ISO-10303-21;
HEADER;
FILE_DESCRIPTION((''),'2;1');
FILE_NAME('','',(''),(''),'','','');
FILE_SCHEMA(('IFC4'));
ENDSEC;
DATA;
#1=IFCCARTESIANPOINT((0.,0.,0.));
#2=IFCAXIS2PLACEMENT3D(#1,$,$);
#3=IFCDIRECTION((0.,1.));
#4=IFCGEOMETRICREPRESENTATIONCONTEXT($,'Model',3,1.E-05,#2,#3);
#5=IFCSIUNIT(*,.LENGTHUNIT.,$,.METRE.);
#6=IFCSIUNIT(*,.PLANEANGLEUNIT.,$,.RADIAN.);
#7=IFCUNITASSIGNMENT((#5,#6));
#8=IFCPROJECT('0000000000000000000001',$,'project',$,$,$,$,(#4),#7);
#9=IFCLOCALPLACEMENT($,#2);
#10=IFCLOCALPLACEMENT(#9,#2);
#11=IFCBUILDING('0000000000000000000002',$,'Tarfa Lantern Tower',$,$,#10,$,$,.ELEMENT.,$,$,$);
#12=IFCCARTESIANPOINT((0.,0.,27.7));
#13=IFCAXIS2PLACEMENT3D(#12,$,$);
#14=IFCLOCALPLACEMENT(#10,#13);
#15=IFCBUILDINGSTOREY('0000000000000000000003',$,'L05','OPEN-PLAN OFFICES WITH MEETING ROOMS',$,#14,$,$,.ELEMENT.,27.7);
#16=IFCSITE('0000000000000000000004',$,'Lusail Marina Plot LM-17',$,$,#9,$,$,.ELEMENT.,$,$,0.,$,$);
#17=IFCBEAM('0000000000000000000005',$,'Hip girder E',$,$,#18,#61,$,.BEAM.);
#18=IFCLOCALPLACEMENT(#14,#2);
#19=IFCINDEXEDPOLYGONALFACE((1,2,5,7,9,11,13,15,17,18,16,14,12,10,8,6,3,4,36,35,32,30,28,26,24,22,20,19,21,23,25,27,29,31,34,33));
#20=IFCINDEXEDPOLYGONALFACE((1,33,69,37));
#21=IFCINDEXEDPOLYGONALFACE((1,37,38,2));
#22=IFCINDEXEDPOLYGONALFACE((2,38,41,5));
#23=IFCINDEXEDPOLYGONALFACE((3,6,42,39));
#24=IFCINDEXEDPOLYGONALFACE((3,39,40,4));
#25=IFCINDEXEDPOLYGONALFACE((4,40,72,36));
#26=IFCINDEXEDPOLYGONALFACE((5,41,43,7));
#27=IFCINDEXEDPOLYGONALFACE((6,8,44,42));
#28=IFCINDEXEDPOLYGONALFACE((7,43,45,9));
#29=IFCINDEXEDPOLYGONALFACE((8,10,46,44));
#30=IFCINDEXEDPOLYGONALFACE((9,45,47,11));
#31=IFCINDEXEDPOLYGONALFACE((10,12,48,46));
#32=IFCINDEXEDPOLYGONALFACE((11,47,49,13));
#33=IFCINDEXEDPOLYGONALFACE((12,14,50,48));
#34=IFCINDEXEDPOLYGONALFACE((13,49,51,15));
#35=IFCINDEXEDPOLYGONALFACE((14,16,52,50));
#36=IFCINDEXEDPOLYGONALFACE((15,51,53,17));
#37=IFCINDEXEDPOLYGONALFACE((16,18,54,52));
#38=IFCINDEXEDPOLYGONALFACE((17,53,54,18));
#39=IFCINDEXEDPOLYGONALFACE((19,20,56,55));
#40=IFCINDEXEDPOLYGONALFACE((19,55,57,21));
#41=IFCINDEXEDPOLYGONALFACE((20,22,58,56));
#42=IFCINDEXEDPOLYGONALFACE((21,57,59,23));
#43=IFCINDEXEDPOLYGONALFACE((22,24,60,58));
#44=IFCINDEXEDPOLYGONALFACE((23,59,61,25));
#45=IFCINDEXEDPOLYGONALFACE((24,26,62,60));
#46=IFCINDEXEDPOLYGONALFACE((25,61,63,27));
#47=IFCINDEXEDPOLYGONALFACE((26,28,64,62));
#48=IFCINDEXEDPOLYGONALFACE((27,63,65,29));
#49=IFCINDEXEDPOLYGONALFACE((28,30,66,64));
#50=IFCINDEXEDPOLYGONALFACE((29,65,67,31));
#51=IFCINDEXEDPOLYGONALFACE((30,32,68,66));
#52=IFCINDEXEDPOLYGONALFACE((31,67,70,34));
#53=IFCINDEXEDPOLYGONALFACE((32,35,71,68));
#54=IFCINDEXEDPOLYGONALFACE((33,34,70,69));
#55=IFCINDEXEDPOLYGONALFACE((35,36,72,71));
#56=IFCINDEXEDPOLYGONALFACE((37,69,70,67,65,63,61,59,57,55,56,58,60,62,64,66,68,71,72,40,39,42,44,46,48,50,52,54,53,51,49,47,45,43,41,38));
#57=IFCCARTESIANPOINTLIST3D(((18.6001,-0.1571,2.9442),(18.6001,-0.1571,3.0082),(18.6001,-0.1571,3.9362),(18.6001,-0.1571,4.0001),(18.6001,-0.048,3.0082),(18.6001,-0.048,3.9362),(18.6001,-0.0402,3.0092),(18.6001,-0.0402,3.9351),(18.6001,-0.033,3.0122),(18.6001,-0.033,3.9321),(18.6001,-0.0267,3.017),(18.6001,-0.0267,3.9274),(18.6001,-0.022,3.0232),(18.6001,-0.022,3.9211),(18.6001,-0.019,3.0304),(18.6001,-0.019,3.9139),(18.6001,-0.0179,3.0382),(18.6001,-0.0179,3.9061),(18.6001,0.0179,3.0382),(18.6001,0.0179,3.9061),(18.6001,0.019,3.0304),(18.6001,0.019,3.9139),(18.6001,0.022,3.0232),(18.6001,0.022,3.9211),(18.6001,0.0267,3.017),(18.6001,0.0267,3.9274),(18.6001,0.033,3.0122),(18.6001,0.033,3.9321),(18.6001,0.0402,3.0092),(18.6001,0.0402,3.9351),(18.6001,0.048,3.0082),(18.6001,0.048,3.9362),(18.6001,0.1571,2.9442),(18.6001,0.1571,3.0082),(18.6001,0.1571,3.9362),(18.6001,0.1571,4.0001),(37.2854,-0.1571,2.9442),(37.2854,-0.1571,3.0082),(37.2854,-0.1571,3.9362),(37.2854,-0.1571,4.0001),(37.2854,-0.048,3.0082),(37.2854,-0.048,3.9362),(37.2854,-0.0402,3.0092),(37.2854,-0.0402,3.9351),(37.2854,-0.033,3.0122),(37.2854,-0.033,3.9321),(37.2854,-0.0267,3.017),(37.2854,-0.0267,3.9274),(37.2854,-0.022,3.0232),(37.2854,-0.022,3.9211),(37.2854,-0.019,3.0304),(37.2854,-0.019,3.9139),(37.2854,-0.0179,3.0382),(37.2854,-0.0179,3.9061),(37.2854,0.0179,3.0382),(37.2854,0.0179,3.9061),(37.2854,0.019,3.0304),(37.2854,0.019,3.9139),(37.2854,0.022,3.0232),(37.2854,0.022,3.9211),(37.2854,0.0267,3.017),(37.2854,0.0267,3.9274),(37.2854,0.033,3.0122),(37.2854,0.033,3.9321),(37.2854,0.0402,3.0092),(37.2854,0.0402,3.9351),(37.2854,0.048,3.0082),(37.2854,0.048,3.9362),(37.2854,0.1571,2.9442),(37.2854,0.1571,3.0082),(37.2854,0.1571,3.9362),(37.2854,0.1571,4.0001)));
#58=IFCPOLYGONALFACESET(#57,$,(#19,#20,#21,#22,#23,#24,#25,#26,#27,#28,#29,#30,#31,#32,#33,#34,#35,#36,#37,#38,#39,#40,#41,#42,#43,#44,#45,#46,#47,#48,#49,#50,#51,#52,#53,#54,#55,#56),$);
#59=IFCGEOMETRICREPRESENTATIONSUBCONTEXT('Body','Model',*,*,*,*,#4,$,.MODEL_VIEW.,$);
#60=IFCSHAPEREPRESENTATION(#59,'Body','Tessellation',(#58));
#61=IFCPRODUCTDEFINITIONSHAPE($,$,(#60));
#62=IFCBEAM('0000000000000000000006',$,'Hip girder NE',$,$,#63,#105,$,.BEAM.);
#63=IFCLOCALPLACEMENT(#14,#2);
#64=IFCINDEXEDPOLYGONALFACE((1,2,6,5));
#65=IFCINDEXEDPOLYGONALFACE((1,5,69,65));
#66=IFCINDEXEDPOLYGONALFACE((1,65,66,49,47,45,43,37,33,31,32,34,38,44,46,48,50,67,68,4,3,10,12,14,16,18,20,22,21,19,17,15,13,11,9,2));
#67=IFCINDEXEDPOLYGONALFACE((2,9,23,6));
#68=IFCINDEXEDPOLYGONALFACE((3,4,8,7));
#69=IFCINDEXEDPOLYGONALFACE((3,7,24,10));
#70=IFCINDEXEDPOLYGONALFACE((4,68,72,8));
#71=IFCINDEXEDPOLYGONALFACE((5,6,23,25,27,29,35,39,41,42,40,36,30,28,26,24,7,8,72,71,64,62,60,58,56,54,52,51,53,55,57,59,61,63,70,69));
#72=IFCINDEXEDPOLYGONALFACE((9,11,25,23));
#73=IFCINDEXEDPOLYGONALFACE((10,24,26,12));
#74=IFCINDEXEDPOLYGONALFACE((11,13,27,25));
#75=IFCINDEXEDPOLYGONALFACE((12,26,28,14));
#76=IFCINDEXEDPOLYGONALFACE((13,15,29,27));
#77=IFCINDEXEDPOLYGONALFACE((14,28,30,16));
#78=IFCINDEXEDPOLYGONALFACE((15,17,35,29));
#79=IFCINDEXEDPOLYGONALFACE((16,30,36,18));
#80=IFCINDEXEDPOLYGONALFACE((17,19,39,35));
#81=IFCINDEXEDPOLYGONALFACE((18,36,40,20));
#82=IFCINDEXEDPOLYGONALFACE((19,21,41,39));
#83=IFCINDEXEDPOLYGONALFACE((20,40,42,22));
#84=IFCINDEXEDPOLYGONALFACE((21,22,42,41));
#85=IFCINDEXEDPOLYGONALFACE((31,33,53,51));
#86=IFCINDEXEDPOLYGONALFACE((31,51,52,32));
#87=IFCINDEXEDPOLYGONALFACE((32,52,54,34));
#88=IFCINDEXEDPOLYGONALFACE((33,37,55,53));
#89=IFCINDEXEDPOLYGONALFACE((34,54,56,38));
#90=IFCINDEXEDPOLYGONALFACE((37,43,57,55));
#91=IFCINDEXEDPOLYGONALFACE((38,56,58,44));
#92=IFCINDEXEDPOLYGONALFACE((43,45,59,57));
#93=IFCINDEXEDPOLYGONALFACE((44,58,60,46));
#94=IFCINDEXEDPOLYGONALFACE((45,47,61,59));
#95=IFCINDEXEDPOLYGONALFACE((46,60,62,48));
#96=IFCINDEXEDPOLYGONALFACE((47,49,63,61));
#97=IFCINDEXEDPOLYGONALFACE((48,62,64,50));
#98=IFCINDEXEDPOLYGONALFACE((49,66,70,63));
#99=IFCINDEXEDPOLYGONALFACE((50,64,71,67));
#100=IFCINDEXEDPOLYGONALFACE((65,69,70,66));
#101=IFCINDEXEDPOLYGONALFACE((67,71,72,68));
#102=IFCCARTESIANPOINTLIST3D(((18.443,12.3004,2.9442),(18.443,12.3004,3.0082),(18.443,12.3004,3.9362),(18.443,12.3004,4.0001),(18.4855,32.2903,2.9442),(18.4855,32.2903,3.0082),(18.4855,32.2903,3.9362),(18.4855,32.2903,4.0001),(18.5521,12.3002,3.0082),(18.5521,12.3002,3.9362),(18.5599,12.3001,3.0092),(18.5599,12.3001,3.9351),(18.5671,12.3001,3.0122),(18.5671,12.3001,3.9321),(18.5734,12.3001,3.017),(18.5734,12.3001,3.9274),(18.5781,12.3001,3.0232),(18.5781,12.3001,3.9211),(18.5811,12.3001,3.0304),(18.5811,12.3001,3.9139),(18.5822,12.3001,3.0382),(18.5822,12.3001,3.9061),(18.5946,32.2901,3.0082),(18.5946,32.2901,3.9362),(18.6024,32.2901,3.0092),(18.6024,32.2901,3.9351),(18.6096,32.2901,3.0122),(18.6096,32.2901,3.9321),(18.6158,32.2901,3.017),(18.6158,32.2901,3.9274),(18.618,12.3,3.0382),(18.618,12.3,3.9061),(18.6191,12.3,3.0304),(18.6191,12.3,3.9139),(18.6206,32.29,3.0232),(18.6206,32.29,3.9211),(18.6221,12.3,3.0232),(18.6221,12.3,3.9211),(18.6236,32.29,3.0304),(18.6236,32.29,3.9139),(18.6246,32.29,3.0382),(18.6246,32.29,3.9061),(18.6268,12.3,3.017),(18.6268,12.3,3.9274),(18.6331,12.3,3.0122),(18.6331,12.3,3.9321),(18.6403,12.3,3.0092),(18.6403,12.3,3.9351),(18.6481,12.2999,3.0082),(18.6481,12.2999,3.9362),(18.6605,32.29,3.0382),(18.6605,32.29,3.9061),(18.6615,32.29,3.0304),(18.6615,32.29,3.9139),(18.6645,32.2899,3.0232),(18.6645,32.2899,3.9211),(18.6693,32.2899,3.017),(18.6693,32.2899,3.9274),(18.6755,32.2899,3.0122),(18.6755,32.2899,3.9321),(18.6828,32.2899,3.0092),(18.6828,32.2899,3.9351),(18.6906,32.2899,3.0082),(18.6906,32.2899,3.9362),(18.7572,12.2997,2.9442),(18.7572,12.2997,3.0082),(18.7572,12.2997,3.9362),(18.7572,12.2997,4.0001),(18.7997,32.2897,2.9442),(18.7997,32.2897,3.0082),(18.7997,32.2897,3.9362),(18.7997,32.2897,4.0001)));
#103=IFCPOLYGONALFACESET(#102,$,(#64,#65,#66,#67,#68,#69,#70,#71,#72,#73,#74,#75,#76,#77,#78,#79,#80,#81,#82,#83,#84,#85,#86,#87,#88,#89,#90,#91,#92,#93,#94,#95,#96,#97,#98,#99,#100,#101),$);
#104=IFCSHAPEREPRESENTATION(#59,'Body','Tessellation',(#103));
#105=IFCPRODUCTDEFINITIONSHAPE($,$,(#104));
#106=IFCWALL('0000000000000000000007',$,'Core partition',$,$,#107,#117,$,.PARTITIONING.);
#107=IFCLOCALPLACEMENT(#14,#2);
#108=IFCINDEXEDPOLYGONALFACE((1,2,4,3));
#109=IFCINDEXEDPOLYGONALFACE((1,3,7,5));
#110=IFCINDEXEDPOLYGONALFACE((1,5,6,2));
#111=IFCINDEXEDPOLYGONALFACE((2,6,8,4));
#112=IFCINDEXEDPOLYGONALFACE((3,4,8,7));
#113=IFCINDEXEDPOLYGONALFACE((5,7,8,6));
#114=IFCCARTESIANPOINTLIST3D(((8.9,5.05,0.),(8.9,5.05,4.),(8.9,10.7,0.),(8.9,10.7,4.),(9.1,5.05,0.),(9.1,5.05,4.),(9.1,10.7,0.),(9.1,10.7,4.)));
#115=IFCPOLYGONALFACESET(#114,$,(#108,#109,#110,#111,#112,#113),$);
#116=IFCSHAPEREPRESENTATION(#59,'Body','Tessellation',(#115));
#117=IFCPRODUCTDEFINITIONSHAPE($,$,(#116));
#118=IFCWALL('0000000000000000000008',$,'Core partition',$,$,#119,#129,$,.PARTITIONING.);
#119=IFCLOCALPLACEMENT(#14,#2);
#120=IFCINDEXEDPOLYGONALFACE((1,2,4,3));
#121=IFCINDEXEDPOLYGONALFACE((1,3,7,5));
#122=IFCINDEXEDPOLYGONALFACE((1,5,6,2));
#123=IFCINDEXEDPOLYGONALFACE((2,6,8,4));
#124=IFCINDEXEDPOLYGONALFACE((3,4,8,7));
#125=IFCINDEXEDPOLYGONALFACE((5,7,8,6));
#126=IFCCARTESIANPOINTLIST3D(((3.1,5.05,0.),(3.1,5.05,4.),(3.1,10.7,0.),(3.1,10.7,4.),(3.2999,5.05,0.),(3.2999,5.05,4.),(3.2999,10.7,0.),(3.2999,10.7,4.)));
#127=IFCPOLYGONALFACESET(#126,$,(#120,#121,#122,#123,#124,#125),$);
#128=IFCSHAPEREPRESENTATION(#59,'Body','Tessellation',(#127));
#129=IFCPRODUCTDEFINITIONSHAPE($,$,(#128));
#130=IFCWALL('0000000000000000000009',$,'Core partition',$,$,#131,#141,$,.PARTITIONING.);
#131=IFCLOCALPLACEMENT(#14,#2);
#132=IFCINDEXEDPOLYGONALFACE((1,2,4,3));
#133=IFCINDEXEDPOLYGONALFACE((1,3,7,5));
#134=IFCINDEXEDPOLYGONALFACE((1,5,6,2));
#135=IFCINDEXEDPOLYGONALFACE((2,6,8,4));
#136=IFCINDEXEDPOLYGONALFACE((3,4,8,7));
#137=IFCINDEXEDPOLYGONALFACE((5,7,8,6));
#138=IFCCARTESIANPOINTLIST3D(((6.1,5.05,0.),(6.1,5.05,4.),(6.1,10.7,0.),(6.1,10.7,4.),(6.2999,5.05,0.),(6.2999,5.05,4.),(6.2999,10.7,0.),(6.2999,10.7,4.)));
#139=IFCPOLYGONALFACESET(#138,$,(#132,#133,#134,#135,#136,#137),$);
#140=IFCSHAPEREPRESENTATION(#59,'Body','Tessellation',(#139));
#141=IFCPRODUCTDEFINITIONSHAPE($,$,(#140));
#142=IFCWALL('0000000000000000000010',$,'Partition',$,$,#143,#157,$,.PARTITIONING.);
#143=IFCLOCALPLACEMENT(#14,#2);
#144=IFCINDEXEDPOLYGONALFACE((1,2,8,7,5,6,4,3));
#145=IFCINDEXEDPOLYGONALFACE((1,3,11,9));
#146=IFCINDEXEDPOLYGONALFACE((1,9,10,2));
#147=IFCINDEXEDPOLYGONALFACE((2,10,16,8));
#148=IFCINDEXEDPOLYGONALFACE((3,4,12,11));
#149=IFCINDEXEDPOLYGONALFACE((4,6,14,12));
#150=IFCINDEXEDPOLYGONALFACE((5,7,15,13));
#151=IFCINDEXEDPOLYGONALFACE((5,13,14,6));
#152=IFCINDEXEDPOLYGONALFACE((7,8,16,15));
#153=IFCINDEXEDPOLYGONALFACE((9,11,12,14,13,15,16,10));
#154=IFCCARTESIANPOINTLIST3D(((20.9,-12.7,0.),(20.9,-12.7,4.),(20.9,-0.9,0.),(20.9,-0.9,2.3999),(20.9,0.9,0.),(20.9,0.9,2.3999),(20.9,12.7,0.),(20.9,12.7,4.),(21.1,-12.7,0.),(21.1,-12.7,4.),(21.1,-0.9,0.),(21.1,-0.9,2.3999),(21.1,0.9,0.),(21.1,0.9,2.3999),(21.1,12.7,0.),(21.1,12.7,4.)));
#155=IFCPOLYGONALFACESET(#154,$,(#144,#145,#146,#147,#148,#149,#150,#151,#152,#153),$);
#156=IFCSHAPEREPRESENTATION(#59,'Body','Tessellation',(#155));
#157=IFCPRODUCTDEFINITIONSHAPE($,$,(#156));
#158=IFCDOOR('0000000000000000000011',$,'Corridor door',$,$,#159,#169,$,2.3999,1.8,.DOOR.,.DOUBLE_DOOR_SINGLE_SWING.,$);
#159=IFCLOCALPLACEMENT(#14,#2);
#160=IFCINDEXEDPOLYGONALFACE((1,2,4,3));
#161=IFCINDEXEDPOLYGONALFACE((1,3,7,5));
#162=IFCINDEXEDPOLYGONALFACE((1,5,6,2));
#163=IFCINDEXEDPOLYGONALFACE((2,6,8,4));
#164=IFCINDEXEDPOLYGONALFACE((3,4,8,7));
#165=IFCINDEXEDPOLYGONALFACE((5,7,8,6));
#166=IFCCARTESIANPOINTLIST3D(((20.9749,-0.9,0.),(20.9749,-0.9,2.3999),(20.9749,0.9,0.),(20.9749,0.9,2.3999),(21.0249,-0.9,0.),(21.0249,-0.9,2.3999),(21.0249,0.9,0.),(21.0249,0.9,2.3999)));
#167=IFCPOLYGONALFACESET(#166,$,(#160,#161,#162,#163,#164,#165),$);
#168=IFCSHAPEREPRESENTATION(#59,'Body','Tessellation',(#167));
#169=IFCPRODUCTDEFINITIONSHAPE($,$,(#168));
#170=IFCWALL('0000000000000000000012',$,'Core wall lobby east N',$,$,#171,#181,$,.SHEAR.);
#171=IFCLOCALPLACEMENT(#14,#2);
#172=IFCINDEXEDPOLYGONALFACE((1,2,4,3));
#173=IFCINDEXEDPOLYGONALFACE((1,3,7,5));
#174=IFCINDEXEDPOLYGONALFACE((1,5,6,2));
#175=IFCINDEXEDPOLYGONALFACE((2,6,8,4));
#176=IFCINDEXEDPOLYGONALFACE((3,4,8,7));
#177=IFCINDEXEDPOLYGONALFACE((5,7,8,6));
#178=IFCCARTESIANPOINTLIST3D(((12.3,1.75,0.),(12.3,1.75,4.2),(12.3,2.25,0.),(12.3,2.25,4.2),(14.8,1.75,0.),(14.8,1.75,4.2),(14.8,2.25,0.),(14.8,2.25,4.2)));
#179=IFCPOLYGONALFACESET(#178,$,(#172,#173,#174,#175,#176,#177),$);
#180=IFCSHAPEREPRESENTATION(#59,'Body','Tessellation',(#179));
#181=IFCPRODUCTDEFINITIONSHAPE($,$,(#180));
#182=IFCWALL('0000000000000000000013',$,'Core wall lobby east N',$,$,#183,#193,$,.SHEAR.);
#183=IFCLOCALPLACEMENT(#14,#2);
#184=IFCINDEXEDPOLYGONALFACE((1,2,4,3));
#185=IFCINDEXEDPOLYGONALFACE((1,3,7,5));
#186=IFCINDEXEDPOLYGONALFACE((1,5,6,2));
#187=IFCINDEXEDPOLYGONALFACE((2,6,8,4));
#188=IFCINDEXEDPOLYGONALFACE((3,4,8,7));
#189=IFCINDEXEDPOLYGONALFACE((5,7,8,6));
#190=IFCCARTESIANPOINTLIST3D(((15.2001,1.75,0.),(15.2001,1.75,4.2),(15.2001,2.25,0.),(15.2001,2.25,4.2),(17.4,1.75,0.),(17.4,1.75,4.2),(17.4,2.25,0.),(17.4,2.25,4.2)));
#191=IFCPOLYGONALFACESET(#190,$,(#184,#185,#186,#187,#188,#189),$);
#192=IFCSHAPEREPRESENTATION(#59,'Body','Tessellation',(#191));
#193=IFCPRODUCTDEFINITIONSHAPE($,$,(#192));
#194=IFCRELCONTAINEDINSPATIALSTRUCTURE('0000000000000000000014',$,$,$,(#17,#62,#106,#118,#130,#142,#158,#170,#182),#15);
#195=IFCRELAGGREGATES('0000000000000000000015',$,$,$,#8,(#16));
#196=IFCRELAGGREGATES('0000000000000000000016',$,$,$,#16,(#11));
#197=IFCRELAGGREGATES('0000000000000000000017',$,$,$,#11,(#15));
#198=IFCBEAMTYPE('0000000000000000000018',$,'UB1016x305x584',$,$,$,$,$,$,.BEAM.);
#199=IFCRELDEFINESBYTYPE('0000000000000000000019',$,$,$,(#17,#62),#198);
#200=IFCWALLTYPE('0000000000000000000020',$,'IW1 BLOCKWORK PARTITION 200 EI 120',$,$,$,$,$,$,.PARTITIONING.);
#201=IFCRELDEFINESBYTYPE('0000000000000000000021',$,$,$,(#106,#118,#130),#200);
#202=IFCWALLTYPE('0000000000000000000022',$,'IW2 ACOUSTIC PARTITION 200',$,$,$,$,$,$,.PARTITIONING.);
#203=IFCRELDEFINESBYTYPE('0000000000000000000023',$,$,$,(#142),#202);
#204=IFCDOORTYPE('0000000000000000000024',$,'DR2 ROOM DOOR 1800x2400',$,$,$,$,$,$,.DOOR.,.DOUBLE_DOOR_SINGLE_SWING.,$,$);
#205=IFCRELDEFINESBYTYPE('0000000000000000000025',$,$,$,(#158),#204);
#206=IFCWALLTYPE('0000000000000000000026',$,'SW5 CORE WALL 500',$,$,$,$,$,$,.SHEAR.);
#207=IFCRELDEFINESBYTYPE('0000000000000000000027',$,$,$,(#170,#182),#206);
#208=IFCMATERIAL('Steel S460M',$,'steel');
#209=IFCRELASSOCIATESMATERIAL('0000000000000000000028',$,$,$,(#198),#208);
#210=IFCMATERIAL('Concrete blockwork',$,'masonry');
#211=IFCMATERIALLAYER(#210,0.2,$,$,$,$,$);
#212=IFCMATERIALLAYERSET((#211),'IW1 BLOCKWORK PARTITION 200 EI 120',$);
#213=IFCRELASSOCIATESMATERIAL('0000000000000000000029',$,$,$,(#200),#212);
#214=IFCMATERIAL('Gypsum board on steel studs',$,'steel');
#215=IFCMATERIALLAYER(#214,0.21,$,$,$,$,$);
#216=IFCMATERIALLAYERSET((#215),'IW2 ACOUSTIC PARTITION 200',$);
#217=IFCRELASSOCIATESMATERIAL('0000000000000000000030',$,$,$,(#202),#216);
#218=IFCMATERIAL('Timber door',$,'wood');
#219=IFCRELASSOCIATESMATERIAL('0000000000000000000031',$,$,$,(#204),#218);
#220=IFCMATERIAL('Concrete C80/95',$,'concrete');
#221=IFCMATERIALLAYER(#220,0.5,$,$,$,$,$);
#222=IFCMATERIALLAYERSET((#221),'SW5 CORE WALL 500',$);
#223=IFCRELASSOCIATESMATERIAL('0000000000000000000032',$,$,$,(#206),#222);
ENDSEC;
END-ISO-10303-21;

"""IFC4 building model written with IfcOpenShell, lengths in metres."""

from ifc_helpers import new_model, si_unit, direction, frame, frame_2d, origin, origin_2d, place, context, subcontext, project, spatial, rectangle, i_section, extrude, material, layer, layer_set, material_profile, profile_set, type_object, element, fill, save


model = new_model("IFC4")

# Units and contexts
model_context = context("Model", 3, precision=1e-05, world=origin(), true_north=direction((0.0, 1.0)))
body_context = subcontext(model_context, "Body", "Model", "MODEL_VIEW")
ifc_project = project(units=[si_unit("LENGTHUNIT", "METRE"), si_unit("PLANEANGLEUNIT", "RADIAN")], contexts=[model_context])

# Site, building, storey
site_placement = place(None, origin())
site = spatial("IfcSite", under=ifc_project, at=site_placement, Name="Lusail Marina Plot LM-17", CompositionType="ELEMENT", RefElevation=0.0)
building_placement = place(site_placement, origin())
building = spatial("IfcBuilding", under=site, at=building_placement, Name="Tarfa Lantern Tower", CompositionType="ELEMENT")
storey_placement = place(building_placement, frame((0.0, 0.0, 27.7)))
storey = spatial("IfcBuildingStorey", under=building, at=storey_placement, Name="L05", Description="OPEN-PLAN OFFICES WITH MEETING ROOMS", CompositionType="ELEMENT", Elevation=27.7)

# Beams
ifc_material_1 = material(Name="Steel S460M", Category="steel")
ifc_material_profile = material_profile(ifc_material_1, i_section(OverallWidth=0.3142, OverallDepth=1.0559, WebThickness=0.0359, FlangeThickness=0.064, FilletRadius=0.03, at=origin_2d()), Name="UB1016x305x584")
ifc_profile_set = profile_set([ifc_material_profile], Name="Steel S460M")
beam_type = type_object("IfcBeamType", Name="UB1016x305x584", PredefinedType="BEAM", material=ifc_profile_set)
beam_1_placement = place(storey_placement, frame((18.6001, 0.0, 3.4722), z_axis=(1.0, 0.0, 0.0), x_axis=(0.0, 1.0, 0.0)))
element("IfcBeam", 1, at=beam_1_placement, inside=storey, type_object=beam_type, Name="Hip girder E", PredefinedType="BEAM", context=body_context, shape_type="SweptSolid", body=[
    extrude(i_section(OverallWidth=0.3142, OverallDepth=1.0559, WebThickness=0.0359, FlangeThickness=0.064, FilletRadius=0.03, at=origin_2d()), origin(), (0.0, 0.0, 1.0), 18.6853),
])
beam_2_placement = place(storey_placement, frame((18.6001, 12.3, 3.4722), z_axis=(0.002125, 0.999998, 0.0), x_axis=(-0.999998, 0.002125, 0.0)))
element("IfcBeam", 2, at=beam_2_placement, inside=storey, type_object=beam_type, Name="Hip girder NE", PredefinedType="BEAM", context=body_context, shape_type="SweptSolid", body=[
    extrude(i_section(OverallWidth=0.3142, OverallDepth=1.0559, WebThickness=0.0359, FlangeThickness=0.064, FilletRadius=0.03, at=origin_2d()), origin(), (0.0, 0.0, 1.0), 19.99),
])

# Walls
ifc_material_2 = material(Name="Concrete blockwork", Category="masonry")
ifc_layer_1 = layer(ifc_material_2, 0.2)
ifc_layer_set_1 = layer_set([ifc_layer_1], Name="IW1 BLOCKWORK PARTITION 200 EI 120")
wall_type_1 = type_object("IfcWallType", Name="IW1 BLOCKWORK PARTITION 200 EI 120", PredefinedType="PARTITIONING", material=ifc_layer_set_1)
for number, where, z_axis, x_axis, name in (
    (3, (9.0, 5.05, 0.0), (0.0, 0.0, 1.0), (0.0, 1.0, 0.0), "Core partition"),
    (4, (3.2, 5.05, 0.0), (0.0, 0.0, 1.0), (0.0, 1.0, 0.0), "Core partition"),
    (5, (6.2, 5.05, 0.0), (0.0, 0.0, 1.0), (0.0, 1.0, 0.0), "Core partition"),
):
    element("IfcWall", number, at=place(storey_placement, frame(where, z_axis=z_axis, x_axis=x_axis)), inside=storey, type_object=wall_type_1, Name=name, PredefinedType="PARTITIONING", context=body_context, shape_type="SweptSolid", body=[
        extrude(rectangle(XDim=5.6499, YDim=0.2, at=frame_2d((2.825, 0.0))), origin(), (0.0, 0.0, 1.0), 4.0),
    ])

# Wall, opening, door
ifc_material_3 = material(Name="Gypsum board on steel studs", Category="steel")
ifc_layer_2 = layer(ifc_material_3, 0.21)
ifc_layer_set_2 = layer_set([ifc_layer_2], Name="IW2 ACOUSTIC PARTITION 200")
wall_type_2 = type_object("IfcWallType", Name="IW2 ACOUSTIC PARTITION 200", PredefinedType="PARTITIONING", material=ifc_layer_set_2)
wall_1_placement = place(storey_placement, frame((21.0, 12.7, 0.0), z_axis=(0.0, 0.0, 1.0), x_axis=(0.0, -1.0, 0.0)))
wall_1 = element("IfcWall", 6, at=wall_1_placement, inside=storey, type_object=wall_type_2, Name="Partition", PredefinedType="PARTITIONING", context=body_context, shape_type="SweptSolid", body=[
    extrude(rectangle(XDim=25.3999, YDim=0.2, at=frame_2d((12.7, 0.0))), origin(), (0.0, 0.0, 1.0), 4.0),
])
opening_placement = place(wall_1_placement, frame((11.8, 0.0, 0.0)))
opening = element("IfcOpeningElement", 7, at=opening_placement, cuts=wall_1, PredefinedType="OPENING", context=body_context, shape_type="SweptSolid", body=[
    extrude(rectangle(XDim=1.8, YDim=2.3999, at=frame_2d((0.8999, 1.2))), frame((0.0, 0.1099, 0.0), z_axis=(0.0, -1.0, 0.0), x_axis=(1.0, 0.0, 0.0)), (0.0, 0.0, 1.0), 0.22),
])
ifc_material_4 = material(Name="Timber door", Category="wood")
door_type = type_object("IfcDoorType", Name="DR2 ROOM DOOR 1800x2400", OperationType="DOUBLE_DOOR_SINGLE_SWING", PredefinedType="DOOR", material=ifc_material_4)
door_placement = place(opening_placement, origin())
door = element("IfcDoor", 8, at=door_placement, inside=storey, type_object=door_type, Name="Corridor door", OperationType="DOUBLE_DOOR_SINGLE_SWING", OverallHeight=2.3999, OverallWidth=1.8, PredefinedType="DOOR", context=body_context, shape_type="SweptSolid", body=[
    extrude(rectangle(XDim=1.8, YDim=2.3999, at=frame_2d((0.8999, 1.2))), frame((0.0, 0.0249, 0.0), z_axis=(0.0, -1.0, 0.0), x_axis=(1.0, 0.0, 0.0)), (0.0, 0.0, 1.0), 0.05),
])
fill(opening, door)

# Walls
ifc_material_5 = material(Name="Concrete C80/95", Category="concrete")
ifc_layer_3 = layer(ifc_material_5, 0.5)
ifc_layer_set_3 = layer_set([ifc_layer_3], Name="SW5 CORE WALL 500")
wall_type_3 = type_object("IfcWallType", Name="SW5 CORE WALL 500", PredefinedType="SHEAR", material=ifc_layer_set_3)
wall_2_placement = place(storey_placement, frame((12.3, 2.0, 0.0), z_axis=(0.0, 0.0, 1.0), x_axis=(1.0, 0.0, 0.0)))
element("IfcWall", 9, at=wall_2_placement, inside=storey, type_object=wall_type_3, Name="Core wall lobby east N", PredefinedType="SHEAR", context=body_context, shape_type="SweptSolid", body=[
    extrude(rectangle(XDim=2.5, YDim=0.5, at=frame_2d((1.25, 0.0))), origin(), (0.0, 0.0, 1.0), 4.2),
])
wall_3_placement = place(storey_placement, frame((15.2, 2.0, 0.0), z_axis=(0.0, 0.0, 1.0), x_axis=(1.0, 0.0, 0.0)))
element("IfcWall", 10, at=wall_3_placement, inside=storey, type_object=wall_type_3, Name="Core wall lobby east N", PredefinedType="SHEAR", context=body_context, shape_type="SweptSolid", body=[
    extrude(rectangle(XDim=2.2, YDim=0.5, at=frame_2d((1.1001, 0.0))), origin(), (0.0, 0.0, 1.0), 4.2),
])

save(model, "model.ifc")
